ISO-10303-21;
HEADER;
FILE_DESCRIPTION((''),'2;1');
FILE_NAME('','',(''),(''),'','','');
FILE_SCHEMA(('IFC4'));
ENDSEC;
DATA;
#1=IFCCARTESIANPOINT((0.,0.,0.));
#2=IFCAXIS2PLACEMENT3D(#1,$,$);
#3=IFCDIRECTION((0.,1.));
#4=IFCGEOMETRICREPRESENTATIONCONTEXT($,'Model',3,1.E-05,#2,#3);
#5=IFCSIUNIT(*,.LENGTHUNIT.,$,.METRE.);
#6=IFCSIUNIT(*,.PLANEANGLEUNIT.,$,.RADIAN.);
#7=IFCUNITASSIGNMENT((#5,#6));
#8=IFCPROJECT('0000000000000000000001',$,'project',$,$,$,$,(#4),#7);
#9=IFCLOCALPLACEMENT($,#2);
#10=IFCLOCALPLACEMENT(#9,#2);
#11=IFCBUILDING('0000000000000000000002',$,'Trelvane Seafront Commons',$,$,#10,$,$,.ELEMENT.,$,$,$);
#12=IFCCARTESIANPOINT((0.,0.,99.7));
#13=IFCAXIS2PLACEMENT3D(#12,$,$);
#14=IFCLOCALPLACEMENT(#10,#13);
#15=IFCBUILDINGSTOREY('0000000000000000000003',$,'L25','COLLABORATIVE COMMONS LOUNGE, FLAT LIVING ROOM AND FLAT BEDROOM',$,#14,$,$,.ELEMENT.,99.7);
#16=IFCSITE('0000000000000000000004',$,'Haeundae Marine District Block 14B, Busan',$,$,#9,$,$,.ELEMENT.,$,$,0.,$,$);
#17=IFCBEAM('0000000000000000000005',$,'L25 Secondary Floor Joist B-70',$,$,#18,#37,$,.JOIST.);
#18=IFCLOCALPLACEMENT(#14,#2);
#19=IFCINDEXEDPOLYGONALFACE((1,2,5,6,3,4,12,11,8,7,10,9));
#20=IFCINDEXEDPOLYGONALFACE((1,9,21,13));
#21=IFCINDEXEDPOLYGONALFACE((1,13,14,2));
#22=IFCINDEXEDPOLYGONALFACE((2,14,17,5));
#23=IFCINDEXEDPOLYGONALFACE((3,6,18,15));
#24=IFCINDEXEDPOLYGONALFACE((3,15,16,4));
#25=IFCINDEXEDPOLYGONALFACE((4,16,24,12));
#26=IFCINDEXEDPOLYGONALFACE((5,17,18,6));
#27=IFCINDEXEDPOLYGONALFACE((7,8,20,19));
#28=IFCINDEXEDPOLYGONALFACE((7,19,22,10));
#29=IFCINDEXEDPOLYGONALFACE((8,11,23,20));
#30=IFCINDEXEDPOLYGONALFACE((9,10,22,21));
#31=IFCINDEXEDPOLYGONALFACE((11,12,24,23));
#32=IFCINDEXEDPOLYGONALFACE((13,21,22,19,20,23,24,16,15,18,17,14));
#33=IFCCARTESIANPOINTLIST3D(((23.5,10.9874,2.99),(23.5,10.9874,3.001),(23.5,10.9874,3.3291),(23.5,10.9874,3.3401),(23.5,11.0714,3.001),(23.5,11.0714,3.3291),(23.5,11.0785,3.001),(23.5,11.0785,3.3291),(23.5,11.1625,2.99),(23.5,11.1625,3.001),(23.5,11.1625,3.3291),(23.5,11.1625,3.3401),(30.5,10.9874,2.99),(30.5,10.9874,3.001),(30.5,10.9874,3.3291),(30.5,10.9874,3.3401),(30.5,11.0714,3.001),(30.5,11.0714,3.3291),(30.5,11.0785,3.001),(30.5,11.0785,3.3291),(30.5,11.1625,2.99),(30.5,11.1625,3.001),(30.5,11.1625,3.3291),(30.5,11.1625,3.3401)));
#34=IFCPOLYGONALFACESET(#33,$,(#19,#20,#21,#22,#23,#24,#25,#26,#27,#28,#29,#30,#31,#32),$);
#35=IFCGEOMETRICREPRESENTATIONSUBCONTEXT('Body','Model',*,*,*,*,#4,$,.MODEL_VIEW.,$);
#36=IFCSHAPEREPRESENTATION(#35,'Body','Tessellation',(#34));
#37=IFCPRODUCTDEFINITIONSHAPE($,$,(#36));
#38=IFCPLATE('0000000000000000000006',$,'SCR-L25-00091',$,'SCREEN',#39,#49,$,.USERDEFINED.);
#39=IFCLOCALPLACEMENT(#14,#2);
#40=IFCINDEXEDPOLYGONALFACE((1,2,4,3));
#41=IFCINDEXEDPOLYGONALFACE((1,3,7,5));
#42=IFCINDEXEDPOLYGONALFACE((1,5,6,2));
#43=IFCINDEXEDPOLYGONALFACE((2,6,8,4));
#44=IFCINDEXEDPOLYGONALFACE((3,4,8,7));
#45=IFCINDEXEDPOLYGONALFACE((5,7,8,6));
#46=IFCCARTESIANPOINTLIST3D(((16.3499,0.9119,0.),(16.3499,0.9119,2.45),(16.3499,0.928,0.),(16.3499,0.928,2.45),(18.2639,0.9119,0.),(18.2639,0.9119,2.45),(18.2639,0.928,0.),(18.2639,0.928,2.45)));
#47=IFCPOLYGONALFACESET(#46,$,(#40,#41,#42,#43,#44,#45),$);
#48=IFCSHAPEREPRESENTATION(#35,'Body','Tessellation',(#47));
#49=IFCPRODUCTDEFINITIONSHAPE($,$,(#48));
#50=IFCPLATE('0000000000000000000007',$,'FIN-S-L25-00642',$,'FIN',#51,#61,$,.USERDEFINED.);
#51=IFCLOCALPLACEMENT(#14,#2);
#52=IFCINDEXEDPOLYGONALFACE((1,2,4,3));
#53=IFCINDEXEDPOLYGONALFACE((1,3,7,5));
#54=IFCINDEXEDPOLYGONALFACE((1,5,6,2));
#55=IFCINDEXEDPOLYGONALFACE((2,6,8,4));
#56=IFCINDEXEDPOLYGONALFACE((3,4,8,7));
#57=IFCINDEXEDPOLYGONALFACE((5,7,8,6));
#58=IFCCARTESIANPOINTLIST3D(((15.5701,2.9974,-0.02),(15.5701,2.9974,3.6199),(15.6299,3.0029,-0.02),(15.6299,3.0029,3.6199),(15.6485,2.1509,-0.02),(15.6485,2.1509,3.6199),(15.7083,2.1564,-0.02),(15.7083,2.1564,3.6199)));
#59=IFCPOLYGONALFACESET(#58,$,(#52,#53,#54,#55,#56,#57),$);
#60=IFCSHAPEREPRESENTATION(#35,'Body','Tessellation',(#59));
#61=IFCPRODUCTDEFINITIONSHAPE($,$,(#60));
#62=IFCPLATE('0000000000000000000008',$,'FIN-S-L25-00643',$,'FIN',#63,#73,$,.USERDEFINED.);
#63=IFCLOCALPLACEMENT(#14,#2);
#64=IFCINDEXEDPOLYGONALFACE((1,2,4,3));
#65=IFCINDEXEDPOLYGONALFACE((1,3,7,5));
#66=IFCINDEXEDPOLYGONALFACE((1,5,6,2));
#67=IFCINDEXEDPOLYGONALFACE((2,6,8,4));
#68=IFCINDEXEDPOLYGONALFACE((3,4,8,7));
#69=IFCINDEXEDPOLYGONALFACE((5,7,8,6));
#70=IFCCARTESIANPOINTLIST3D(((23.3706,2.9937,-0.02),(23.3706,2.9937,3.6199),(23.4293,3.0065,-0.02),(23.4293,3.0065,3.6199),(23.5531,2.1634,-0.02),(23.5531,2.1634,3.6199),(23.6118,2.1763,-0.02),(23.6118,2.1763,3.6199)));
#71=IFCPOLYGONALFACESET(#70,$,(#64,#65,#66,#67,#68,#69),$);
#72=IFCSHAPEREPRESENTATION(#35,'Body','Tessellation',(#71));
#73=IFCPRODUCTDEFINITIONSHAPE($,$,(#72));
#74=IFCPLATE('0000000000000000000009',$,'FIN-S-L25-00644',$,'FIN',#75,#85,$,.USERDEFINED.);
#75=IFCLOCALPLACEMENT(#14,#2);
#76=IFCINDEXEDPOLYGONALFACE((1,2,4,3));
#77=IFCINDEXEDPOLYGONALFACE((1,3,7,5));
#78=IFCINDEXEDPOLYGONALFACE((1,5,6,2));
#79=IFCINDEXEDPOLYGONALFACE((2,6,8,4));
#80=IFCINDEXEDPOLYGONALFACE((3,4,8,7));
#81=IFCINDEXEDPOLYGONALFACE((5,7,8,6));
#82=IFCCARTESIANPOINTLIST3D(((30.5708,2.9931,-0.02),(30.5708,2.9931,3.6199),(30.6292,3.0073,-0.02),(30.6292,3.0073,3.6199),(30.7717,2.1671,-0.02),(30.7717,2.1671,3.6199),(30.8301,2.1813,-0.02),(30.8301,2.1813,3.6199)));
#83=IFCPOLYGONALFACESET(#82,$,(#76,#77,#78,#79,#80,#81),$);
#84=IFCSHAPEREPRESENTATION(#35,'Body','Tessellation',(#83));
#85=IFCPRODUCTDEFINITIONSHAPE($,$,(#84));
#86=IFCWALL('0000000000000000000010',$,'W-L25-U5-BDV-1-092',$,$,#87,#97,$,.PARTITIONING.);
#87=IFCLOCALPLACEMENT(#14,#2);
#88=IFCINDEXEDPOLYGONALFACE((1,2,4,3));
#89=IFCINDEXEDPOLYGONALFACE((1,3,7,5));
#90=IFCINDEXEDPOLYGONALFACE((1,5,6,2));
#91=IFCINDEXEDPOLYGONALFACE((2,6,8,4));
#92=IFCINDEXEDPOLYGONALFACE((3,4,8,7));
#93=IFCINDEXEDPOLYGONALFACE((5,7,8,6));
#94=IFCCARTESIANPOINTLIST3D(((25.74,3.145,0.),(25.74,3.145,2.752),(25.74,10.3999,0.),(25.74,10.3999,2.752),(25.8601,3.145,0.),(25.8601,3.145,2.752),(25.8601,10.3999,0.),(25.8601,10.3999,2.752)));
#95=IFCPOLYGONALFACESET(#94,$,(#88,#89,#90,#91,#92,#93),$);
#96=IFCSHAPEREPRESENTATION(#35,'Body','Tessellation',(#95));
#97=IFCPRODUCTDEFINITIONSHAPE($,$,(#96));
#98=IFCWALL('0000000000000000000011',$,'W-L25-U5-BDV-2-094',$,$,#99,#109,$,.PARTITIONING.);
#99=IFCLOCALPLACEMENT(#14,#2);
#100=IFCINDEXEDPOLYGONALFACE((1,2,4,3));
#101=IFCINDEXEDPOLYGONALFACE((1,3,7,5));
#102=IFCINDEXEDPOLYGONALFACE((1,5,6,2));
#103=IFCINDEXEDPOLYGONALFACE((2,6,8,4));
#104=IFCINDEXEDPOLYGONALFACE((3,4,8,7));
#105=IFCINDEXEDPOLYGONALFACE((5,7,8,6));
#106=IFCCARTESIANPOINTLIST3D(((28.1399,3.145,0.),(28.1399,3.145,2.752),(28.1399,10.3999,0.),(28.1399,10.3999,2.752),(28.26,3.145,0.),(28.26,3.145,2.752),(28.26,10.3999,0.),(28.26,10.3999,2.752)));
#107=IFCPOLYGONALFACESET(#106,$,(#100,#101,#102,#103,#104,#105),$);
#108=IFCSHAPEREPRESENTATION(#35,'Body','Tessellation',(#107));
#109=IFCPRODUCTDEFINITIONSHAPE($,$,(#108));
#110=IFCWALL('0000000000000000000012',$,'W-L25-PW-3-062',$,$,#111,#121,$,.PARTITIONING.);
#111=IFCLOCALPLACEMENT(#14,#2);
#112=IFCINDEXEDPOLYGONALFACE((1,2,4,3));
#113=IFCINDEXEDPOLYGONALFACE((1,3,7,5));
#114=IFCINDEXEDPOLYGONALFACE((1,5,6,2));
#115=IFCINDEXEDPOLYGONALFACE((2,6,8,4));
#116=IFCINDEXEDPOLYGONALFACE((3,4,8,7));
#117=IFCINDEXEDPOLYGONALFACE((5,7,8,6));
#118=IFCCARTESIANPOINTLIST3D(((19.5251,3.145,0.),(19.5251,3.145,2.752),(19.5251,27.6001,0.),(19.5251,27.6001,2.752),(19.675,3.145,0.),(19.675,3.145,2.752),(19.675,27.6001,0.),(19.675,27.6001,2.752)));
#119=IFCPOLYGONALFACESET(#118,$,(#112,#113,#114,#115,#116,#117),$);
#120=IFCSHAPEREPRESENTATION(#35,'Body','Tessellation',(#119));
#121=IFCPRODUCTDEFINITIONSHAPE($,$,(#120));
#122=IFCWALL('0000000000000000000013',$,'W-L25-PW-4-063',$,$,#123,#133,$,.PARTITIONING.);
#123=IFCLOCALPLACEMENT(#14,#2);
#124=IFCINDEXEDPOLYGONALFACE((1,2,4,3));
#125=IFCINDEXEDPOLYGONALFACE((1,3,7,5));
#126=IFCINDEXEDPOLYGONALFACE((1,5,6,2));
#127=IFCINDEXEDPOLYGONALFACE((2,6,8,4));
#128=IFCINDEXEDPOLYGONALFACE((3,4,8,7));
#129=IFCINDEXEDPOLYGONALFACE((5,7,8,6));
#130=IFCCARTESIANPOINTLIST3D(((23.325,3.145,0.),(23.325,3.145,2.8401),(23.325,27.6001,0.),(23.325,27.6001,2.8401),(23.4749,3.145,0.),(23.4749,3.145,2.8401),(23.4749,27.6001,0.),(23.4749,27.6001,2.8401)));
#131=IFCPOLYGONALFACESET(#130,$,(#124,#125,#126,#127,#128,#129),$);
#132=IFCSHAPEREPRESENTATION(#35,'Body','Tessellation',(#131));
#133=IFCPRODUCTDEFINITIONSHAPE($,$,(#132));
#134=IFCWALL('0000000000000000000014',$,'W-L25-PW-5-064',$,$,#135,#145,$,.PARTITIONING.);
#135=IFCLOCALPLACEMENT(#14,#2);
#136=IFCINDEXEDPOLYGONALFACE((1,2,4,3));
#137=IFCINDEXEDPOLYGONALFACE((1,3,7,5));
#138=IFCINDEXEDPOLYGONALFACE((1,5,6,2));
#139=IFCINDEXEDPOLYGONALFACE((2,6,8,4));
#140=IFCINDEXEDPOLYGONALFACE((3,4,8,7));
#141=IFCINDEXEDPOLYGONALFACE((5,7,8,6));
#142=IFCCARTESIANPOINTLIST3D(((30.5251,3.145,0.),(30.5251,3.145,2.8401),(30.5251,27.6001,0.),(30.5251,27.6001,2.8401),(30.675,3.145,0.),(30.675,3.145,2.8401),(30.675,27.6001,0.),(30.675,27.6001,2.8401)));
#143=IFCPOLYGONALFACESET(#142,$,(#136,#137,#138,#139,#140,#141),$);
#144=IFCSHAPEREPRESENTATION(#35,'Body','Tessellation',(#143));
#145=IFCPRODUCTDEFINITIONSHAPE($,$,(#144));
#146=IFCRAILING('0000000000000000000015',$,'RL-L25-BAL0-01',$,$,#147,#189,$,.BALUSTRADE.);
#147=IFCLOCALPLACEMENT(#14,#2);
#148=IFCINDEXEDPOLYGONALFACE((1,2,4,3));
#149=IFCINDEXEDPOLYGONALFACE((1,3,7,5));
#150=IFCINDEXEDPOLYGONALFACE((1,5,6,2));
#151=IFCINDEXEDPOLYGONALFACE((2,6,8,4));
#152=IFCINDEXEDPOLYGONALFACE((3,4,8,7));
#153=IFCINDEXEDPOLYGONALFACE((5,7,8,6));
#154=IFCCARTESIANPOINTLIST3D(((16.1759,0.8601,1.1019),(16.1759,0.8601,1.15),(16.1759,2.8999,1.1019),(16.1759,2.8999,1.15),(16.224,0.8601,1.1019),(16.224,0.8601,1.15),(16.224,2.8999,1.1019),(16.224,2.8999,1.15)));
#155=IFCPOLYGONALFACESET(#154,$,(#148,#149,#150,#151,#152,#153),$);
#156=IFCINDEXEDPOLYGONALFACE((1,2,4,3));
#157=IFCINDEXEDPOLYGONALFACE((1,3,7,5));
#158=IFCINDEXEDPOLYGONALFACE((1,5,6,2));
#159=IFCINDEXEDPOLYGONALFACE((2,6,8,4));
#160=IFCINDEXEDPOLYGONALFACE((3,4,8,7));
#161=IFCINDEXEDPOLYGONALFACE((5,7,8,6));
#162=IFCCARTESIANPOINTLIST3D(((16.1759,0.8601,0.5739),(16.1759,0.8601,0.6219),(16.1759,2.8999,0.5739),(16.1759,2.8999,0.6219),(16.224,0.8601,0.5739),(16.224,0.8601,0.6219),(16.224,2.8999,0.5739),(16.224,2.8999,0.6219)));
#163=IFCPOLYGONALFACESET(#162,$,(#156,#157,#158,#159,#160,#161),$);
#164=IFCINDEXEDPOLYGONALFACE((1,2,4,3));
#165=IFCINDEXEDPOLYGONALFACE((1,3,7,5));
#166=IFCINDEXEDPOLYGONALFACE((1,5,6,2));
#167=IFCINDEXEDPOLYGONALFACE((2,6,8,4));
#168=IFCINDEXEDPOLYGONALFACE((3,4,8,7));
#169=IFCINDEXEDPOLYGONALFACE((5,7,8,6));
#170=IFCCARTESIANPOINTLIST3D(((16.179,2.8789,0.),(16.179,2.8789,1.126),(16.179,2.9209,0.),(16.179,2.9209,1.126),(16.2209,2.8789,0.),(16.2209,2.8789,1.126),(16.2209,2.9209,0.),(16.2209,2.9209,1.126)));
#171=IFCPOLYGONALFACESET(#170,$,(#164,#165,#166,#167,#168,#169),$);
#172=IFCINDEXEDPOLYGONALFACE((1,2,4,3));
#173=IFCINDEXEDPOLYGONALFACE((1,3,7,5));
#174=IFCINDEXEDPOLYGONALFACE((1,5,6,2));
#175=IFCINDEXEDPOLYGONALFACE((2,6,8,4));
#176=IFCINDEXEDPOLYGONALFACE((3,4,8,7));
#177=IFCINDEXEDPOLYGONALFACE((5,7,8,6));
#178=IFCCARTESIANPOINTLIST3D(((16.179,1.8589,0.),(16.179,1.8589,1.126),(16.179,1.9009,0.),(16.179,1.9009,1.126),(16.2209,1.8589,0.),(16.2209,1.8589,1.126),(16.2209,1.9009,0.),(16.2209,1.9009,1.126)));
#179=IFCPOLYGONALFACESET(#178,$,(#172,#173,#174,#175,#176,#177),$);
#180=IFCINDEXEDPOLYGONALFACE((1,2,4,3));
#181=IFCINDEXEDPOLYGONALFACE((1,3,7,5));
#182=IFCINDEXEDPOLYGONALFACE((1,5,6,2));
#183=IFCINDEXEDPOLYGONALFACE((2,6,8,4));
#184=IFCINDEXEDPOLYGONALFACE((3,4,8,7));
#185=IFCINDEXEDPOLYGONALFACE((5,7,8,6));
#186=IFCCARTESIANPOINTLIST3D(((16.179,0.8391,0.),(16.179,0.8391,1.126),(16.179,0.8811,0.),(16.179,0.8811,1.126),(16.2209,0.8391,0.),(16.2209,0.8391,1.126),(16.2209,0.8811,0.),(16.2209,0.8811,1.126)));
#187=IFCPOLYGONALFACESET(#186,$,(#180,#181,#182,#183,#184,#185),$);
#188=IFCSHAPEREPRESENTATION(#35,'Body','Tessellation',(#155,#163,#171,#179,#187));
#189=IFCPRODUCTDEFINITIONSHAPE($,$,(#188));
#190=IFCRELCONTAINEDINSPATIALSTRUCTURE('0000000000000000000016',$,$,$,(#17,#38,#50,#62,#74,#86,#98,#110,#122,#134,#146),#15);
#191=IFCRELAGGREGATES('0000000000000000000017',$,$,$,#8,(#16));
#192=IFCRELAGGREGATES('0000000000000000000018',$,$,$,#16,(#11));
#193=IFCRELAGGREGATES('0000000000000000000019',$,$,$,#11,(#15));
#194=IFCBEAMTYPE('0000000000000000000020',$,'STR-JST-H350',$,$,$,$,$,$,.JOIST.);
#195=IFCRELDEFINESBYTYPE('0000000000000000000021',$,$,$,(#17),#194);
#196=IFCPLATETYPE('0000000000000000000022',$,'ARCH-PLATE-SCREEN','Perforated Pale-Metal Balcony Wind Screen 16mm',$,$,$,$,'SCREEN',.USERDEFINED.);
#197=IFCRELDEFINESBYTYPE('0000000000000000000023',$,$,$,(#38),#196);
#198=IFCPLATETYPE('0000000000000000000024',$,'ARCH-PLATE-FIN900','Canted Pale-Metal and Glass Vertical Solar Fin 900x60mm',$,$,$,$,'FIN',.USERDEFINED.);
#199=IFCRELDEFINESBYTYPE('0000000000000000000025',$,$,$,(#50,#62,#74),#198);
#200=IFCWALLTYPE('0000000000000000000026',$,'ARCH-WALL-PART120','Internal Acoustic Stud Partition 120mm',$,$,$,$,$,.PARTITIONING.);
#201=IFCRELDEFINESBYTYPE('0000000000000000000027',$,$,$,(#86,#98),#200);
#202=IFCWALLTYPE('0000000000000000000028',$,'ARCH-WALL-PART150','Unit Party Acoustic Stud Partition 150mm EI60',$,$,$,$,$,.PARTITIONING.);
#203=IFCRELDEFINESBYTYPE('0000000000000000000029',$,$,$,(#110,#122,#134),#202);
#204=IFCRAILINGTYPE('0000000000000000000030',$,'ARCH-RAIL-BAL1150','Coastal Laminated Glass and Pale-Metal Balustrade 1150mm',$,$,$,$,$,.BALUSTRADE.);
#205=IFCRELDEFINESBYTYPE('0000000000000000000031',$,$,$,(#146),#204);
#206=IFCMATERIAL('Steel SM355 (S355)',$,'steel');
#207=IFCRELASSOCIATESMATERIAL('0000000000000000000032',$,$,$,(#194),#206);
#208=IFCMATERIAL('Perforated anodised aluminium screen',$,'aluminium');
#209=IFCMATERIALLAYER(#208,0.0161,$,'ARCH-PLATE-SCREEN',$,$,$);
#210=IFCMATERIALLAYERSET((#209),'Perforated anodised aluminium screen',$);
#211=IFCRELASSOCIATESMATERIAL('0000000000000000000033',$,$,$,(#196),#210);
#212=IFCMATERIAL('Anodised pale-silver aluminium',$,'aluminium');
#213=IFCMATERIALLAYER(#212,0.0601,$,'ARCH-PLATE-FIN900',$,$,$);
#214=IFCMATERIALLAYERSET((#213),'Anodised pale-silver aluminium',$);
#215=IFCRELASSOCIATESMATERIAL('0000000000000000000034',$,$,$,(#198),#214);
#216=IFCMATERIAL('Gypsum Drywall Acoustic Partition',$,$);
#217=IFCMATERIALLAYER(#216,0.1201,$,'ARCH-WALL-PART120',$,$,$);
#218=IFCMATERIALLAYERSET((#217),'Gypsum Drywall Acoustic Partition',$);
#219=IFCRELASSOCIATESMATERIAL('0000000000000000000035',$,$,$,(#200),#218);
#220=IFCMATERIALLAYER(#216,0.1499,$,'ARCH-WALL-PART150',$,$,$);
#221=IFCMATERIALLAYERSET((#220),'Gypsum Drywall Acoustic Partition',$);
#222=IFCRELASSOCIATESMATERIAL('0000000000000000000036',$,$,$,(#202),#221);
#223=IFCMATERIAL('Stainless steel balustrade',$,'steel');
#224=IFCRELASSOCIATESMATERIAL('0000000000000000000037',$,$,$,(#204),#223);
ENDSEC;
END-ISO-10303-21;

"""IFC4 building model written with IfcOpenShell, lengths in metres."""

from ifc_helpers import new_model, si_unit, direction, frame, frame_2d, origin, origin_2d, place, context, subcontext, project, spatial, rectangle, i_section, extrude, source, transform, mapped, material, layer, layer_set, material_profile, profile_set, type_object, element, save


model = new_model("IFC4")

# Units and contexts
model_context = context("Model", 3, precision=1e-05, world=origin(), true_north=direction((0.0, 1.0)))
body_context = subcontext(model_context, "Body", "Model", "MODEL_VIEW")
ifc_project = project(units=[si_unit("LENGTHUNIT", "METRE"), si_unit("PLANEANGLEUNIT", "RADIAN")], contexts=[model_context])

# Site, building, storey
site_placement = place(None, origin())
site = spatial("IfcSite", under=ifc_project, at=site_placement, Name="Haeundae Marine District Block 14B, Busan", CompositionType="ELEMENT", RefElevation=0.0)
building_placement = place(site_placement, origin())
building = spatial("IfcBuilding", under=site, at=building_placement, Name="Trelvane Seafront Commons", CompositionType="ELEMENT")
storey_placement = place(building_placement, frame((0.0, 0.0, 99.7)))
storey = spatial("IfcBuildingStorey", under=building, at=storey_placement, Name="L25", Description="COLLABORATIVE COMMONS LOUNGE, FLAT LIVING ROOM AND FLAT BEDROOM", CompositionType="ELEMENT", Elevation=99.7)

# Shared definitions
ifc_material_1 = material(Name="Steel SM355 (S355)", Category="steel")

# Beam
ifc_material_profile_1 = material_profile(ifc_material_1, i_section(OverallWidth=0.175, OverallDepth=0.3501, WebThickness=0.0071, FlangeThickness=0.011, at=origin_2d()), Name="H-350x175x7x11")
ifc_profile_set_1 = profile_set([ifc_material_profile_1], Name="Steel SM355 (S355)")
beam_type_1 = type_object("IfcBeamType", Name="STR-JST-H350", PredefinedType="JOIST", material=ifc_profile_set_1)
shared_shape_1 = source(origin(), body_context, "Body", "SweptSolid", [
    extrude(i_section(OverallWidth=0.175, OverallDepth=0.3501, WebThickness=0.0071, FlangeThickness=0.011, at=origin_2d()), origin(), (0.0, 0.0, 1.0), 7.0),
])
beam_1_placement = place(storey_placement, frame((23.5, 11.075, 3.165), z_axis=(1.0, 0.0, 0.0), x_axis=(0.0, 1.0, 0.0)))
element("IfcBeam", 1, at=beam_1_placement, inside=storey, type_object=beam_type_1, Name="L25 Secondary Floor Joist B-70", PredefinedType="JOIST", context=body_context, shape_type="MappedRepresentation", body=[
    mapped(shared_shape_1, transform((0.0, 0.0, 0.0), x_axis=(1.0, 0.0, 0.0), y_axis=(0.0, 1.0, 0.0), z_axis=(0.0, 0.0, 1.0), scale=1.0)),
])

# Plates
ifc_material_2 = material(Name="Perforated anodised aluminium screen", Category="aluminium")
ifc_layer_1 = layer(ifc_material_2, 0.0161, Name="ARCH-PLATE-SCREEN")
ifc_layer_set_1 = layer_set([ifc_layer_1], Name="Perforated anodised aluminium screen")
plate_type_1 = type_object("IfcPlateType", Name="ARCH-PLATE-SCREEN", Description="Perforated Pale-Metal Balcony Wind Screen 16mm", ElementType="SCREEN", PredefinedType="USERDEFINED", material=ifc_layer_set_1)
shared_shape_2 = source(origin(), body_context, "Body", "SweptSolid", [
    extrude(rectangle(XDim=1.9141, YDim=0.0161, at=origin_2d()), origin(), (0.0, 0.0, 1.0), 2.45),
])
plate_placement = place(storey_placement, frame((17.3069, 0.9199, 0.0), z_axis=(0.0, 0.0, 1.0), x_axis=(1.0, 0.0, 0.0)))
element("IfcPlate", 2, at=plate_placement, inside=storey, type_object=plate_type_1, Name="SCR-L25-00091", ObjectType="SCREEN", PredefinedType="USERDEFINED", context=body_context, shape_type="MappedRepresentation", body=[
    mapped(shared_shape_2, transform((0.0, 0.0, 0.0), x_axis=(1.0, 0.0, 0.0), y_axis=(0.0, 1.0, 0.0), z_axis=(0.0, 0.0, 1.0), scale=1.0)),
])
ifc_material_3 = material(Name="Anodised pale-silver aluminium", Category="aluminium")
ifc_layer_2 = layer(ifc_material_3, 0.0601, Name="ARCH-PLATE-FIN900")
ifc_layer_set_2 = layer_set([ifc_layer_2], Name="Anodised pale-silver aluminium")
plate_type_2 = type_object("IfcPlateType", Name="ARCH-PLATE-FIN900", Description="Canted Pale-Metal and Glass Vertical Solar Fin 900x60mm", ElementType="FIN", PredefinedType="USERDEFINED", material=ifc_layer_set_2)
shared_shape_3 = source(origin(), body_context, "Body", "SweptSolid", [
    extrude(rectangle(XDim=0.8501, YDim=0.0601, at=origin_2d()), origin(), (0.0, 0.0, 1.0), 3.6399),
])
for number, where, z_axis, x_axis, name in (
    (3, (15.6392, 2.5769, -0.02), (0.0, 0.0, 1.0), (0.092233, -0.995737, 0.0), "FIN-S-L25-00642"),
    (4, (23.4912, 2.585, -0.02), (0.0, 0.0, 1.0), (0.2147, -0.97668, 0.0), "FIN-S-L25-00643"),
    (5, (30.7004, 2.5872, -0.02), (0.0, 0.0, 1.0), (0.236358, -0.971666, 0.0), "FIN-S-L25-00644"),
):
    element("IfcPlate", number, at=place(storey_placement, frame(where, z_axis=z_axis, x_axis=x_axis)), inside=storey, type_object=plate_type_2, Name=name, ObjectType="FIN", PredefinedType="USERDEFINED", context=body_context, shape_type="MappedRepresentation", body=[
        mapped(shared_shape_3, transform((0.0, 0.0, 0.0), x_axis=(1.0, 0.0, 0.0), y_axis=(0.0, 1.0, 0.0), z_axis=(0.0, 0.0, 1.0), scale=1.0)),
    ])

# Shared definitions
ifc_material_4 = material(Name="Gypsum Drywall Acoustic Partition")
ifc_layer_3 = layer(ifc_material_4, 0.1201, Name="ARCH-WALL-PART120")
ifc_layer_set_3 = layer_set([ifc_layer_3], Name="Gypsum Drywall Acoustic Partition")
wall_type_1 = type_object("IfcWallType", Name="ARCH-WALL-PART120", Description="Internal Acoustic Stud Partition 120mm", PredefinedType="PARTITIONING", material=ifc_layer_set_3)

# Wall
wall_1_placement = place(storey_placement, frame((25.8, 3.145, 0.0), z_axis=(0.0, 0.0, 1.0), x_axis=(0.0, 1.0, 0.0)))
element("IfcWall", 6, at=wall_1_placement, inside=storey, type_object=wall_type_1, Name="W-L25-U5-BDV-1-092", PredefinedType="PARTITIONING", context=body_context, shape_type="SweptSolid", body=[
    extrude(rectangle(XDim=7.2549, YDim=0.1201, at=frame_2d((3.6274, 0.0))), origin(), (0.0, 0.0, 1.0), 2.752),
])

# Walls
wall_2_placement = place(storey_placement, frame((28.2, 3.145, 0.0), z_axis=(0.0, 0.0, 1.0), x_axis=(0.0, 1.0, 0.0)))
element("IfcWall", 7, at=wall_2_placement, inside=storey, type_object=wall_type_1, Name="W-L25-U5-BDV-2-094", PredefinedType="PARTITIONING", context=body_context, shape_type="SweptSolid", body=[
    extrude(rectangle(XDim=7.2549, YDim=0.1201, at=frame_2d((3.6274, 0.0))), origin(), (0.0, 0.0, 1.0), 2.752),
])
ifc_layer_4 = layer(ifc_material_4, 0.1499, Name="ARCH-WALL-PART150")
ifc_layer_set_4 = layer_set([ifc_layer_4], Name="Gypsum Drywall Acoustic Partition")
wall_type_2 = type_object("IfcWallType", Name="ARCH-WALL-PART150", Description="Unit Party Acoustic Stud Partition 150mm EI60", PredefinedType="PARTITIONING", material=ifc_layer_set_4)
wall_3_placement = place(storey_placement, frame((19.6001, 3.145, 0.0), z_axis=(0.0, 0.0, 1.0), x_axis=(0.0, 1.0, 0.0)))
element("IfcWall", 8, at=wall_3_placement, inside=storey, type_object=wall_type_2, Name="W-L25-PW-3-062", PredefinedType="PARTITIONING", context=body_context, shape_type="SweptSolid", body=[
    extrude(rectangle(XDim=24.4551, YDim=0.1499, at=frame_2d((12.2275, 0.0))), origin(), (0.0, 0.0, 1.0), 2.752),
])
for number, where, z_axis, x_axis, name in (
    (9, (23.3999, 3.145, 0.0), (0.0, 0.0, 1.0), (0.0, 1.0, 0.0), "W-L25-PW-4-063"),
    (10, (30.6001, 3.145, 0.0), (0.0, 0.0, 1.0), (0.0, 1.0, 0.0), "W-L25-PW-5-064"),
):
    element("IfcWall", number, at=place(storey_placement, frame(where, z_axis=z_axis, x_axis=x_axis)), inside=storey, type_object=wall_type_2, Name=name, PredefinedType="PARTITIONING", context=body_context, shape_type="SweptSolid", body=[
        extrude(rectangle(XDim=24.4551, YDim=0.1499, at=frame_2d((12.2275, 0.0))), origin(), (0.0, 0.0, 1.0), 2.8401),
    ])

# Railing
ifc_material_5 = material(Name="Stainless steel balustrade", Category="steel")
railing_type = type_object("IfcRailingType", Name="ARCH-RAIL-BAL1150", Description="Coastal Laminated Glass and Pale-Metal Balustrade 1150mm", PredefinedType="BALUSTRADE", material=ifc_material_5)
railing_1_placement = place(storey_placement, frame((16.2, 2.8999, 0.0)))
element("IfcRailing", 11, at=railing_1_placement, inside=storey, type_object=railing_type, Name="RL-L25-BAL0-01", PredefinedType="BALUSTRADE", context=body_context, shape_type="SweptSolid", body=[
    extrude(rectangle(XDim=0.0481, YDim=0.0481, at=origin_2d()), frame((0.0, 0.0, 1.126), z_axis=(0.0, -1.0, 0.0), x_axis=(1.0, 0.0, 0.0)), (0.0, 0.0, 1.0), 2.0398),
    extrude(rectangle(XDim=0.0481, YDim=0.0481, at=origin_2d()), frame((0.0, 0.0, 0.5979), z_axis=(0.0, -1.0, 0.0), x_axis=(1.0, 0.0, 0.0)), (0.0, 0.0, 1.0), 2.0398),
    extrude(rectangle(XDim=0.042, YDim=0.042, at=origin_2d()), origin(), (0.0, 0.0, 1.0), 1.126),
    extrude(rectangle(XDim=0.042, YDim=0.042, at=origin_2d()), frame((0.0, -1.02, 0.0)), (0.0, 0.0, 1.0), 1.126),
    extrude(rectangle(XDim=0.042, YDim=0.042, at=origin_2d()), frame((0.0, -2.0398, 0.0)), (0.0, 0.0, 1.0), 1.126),
])

save(model, "model.ifc")
